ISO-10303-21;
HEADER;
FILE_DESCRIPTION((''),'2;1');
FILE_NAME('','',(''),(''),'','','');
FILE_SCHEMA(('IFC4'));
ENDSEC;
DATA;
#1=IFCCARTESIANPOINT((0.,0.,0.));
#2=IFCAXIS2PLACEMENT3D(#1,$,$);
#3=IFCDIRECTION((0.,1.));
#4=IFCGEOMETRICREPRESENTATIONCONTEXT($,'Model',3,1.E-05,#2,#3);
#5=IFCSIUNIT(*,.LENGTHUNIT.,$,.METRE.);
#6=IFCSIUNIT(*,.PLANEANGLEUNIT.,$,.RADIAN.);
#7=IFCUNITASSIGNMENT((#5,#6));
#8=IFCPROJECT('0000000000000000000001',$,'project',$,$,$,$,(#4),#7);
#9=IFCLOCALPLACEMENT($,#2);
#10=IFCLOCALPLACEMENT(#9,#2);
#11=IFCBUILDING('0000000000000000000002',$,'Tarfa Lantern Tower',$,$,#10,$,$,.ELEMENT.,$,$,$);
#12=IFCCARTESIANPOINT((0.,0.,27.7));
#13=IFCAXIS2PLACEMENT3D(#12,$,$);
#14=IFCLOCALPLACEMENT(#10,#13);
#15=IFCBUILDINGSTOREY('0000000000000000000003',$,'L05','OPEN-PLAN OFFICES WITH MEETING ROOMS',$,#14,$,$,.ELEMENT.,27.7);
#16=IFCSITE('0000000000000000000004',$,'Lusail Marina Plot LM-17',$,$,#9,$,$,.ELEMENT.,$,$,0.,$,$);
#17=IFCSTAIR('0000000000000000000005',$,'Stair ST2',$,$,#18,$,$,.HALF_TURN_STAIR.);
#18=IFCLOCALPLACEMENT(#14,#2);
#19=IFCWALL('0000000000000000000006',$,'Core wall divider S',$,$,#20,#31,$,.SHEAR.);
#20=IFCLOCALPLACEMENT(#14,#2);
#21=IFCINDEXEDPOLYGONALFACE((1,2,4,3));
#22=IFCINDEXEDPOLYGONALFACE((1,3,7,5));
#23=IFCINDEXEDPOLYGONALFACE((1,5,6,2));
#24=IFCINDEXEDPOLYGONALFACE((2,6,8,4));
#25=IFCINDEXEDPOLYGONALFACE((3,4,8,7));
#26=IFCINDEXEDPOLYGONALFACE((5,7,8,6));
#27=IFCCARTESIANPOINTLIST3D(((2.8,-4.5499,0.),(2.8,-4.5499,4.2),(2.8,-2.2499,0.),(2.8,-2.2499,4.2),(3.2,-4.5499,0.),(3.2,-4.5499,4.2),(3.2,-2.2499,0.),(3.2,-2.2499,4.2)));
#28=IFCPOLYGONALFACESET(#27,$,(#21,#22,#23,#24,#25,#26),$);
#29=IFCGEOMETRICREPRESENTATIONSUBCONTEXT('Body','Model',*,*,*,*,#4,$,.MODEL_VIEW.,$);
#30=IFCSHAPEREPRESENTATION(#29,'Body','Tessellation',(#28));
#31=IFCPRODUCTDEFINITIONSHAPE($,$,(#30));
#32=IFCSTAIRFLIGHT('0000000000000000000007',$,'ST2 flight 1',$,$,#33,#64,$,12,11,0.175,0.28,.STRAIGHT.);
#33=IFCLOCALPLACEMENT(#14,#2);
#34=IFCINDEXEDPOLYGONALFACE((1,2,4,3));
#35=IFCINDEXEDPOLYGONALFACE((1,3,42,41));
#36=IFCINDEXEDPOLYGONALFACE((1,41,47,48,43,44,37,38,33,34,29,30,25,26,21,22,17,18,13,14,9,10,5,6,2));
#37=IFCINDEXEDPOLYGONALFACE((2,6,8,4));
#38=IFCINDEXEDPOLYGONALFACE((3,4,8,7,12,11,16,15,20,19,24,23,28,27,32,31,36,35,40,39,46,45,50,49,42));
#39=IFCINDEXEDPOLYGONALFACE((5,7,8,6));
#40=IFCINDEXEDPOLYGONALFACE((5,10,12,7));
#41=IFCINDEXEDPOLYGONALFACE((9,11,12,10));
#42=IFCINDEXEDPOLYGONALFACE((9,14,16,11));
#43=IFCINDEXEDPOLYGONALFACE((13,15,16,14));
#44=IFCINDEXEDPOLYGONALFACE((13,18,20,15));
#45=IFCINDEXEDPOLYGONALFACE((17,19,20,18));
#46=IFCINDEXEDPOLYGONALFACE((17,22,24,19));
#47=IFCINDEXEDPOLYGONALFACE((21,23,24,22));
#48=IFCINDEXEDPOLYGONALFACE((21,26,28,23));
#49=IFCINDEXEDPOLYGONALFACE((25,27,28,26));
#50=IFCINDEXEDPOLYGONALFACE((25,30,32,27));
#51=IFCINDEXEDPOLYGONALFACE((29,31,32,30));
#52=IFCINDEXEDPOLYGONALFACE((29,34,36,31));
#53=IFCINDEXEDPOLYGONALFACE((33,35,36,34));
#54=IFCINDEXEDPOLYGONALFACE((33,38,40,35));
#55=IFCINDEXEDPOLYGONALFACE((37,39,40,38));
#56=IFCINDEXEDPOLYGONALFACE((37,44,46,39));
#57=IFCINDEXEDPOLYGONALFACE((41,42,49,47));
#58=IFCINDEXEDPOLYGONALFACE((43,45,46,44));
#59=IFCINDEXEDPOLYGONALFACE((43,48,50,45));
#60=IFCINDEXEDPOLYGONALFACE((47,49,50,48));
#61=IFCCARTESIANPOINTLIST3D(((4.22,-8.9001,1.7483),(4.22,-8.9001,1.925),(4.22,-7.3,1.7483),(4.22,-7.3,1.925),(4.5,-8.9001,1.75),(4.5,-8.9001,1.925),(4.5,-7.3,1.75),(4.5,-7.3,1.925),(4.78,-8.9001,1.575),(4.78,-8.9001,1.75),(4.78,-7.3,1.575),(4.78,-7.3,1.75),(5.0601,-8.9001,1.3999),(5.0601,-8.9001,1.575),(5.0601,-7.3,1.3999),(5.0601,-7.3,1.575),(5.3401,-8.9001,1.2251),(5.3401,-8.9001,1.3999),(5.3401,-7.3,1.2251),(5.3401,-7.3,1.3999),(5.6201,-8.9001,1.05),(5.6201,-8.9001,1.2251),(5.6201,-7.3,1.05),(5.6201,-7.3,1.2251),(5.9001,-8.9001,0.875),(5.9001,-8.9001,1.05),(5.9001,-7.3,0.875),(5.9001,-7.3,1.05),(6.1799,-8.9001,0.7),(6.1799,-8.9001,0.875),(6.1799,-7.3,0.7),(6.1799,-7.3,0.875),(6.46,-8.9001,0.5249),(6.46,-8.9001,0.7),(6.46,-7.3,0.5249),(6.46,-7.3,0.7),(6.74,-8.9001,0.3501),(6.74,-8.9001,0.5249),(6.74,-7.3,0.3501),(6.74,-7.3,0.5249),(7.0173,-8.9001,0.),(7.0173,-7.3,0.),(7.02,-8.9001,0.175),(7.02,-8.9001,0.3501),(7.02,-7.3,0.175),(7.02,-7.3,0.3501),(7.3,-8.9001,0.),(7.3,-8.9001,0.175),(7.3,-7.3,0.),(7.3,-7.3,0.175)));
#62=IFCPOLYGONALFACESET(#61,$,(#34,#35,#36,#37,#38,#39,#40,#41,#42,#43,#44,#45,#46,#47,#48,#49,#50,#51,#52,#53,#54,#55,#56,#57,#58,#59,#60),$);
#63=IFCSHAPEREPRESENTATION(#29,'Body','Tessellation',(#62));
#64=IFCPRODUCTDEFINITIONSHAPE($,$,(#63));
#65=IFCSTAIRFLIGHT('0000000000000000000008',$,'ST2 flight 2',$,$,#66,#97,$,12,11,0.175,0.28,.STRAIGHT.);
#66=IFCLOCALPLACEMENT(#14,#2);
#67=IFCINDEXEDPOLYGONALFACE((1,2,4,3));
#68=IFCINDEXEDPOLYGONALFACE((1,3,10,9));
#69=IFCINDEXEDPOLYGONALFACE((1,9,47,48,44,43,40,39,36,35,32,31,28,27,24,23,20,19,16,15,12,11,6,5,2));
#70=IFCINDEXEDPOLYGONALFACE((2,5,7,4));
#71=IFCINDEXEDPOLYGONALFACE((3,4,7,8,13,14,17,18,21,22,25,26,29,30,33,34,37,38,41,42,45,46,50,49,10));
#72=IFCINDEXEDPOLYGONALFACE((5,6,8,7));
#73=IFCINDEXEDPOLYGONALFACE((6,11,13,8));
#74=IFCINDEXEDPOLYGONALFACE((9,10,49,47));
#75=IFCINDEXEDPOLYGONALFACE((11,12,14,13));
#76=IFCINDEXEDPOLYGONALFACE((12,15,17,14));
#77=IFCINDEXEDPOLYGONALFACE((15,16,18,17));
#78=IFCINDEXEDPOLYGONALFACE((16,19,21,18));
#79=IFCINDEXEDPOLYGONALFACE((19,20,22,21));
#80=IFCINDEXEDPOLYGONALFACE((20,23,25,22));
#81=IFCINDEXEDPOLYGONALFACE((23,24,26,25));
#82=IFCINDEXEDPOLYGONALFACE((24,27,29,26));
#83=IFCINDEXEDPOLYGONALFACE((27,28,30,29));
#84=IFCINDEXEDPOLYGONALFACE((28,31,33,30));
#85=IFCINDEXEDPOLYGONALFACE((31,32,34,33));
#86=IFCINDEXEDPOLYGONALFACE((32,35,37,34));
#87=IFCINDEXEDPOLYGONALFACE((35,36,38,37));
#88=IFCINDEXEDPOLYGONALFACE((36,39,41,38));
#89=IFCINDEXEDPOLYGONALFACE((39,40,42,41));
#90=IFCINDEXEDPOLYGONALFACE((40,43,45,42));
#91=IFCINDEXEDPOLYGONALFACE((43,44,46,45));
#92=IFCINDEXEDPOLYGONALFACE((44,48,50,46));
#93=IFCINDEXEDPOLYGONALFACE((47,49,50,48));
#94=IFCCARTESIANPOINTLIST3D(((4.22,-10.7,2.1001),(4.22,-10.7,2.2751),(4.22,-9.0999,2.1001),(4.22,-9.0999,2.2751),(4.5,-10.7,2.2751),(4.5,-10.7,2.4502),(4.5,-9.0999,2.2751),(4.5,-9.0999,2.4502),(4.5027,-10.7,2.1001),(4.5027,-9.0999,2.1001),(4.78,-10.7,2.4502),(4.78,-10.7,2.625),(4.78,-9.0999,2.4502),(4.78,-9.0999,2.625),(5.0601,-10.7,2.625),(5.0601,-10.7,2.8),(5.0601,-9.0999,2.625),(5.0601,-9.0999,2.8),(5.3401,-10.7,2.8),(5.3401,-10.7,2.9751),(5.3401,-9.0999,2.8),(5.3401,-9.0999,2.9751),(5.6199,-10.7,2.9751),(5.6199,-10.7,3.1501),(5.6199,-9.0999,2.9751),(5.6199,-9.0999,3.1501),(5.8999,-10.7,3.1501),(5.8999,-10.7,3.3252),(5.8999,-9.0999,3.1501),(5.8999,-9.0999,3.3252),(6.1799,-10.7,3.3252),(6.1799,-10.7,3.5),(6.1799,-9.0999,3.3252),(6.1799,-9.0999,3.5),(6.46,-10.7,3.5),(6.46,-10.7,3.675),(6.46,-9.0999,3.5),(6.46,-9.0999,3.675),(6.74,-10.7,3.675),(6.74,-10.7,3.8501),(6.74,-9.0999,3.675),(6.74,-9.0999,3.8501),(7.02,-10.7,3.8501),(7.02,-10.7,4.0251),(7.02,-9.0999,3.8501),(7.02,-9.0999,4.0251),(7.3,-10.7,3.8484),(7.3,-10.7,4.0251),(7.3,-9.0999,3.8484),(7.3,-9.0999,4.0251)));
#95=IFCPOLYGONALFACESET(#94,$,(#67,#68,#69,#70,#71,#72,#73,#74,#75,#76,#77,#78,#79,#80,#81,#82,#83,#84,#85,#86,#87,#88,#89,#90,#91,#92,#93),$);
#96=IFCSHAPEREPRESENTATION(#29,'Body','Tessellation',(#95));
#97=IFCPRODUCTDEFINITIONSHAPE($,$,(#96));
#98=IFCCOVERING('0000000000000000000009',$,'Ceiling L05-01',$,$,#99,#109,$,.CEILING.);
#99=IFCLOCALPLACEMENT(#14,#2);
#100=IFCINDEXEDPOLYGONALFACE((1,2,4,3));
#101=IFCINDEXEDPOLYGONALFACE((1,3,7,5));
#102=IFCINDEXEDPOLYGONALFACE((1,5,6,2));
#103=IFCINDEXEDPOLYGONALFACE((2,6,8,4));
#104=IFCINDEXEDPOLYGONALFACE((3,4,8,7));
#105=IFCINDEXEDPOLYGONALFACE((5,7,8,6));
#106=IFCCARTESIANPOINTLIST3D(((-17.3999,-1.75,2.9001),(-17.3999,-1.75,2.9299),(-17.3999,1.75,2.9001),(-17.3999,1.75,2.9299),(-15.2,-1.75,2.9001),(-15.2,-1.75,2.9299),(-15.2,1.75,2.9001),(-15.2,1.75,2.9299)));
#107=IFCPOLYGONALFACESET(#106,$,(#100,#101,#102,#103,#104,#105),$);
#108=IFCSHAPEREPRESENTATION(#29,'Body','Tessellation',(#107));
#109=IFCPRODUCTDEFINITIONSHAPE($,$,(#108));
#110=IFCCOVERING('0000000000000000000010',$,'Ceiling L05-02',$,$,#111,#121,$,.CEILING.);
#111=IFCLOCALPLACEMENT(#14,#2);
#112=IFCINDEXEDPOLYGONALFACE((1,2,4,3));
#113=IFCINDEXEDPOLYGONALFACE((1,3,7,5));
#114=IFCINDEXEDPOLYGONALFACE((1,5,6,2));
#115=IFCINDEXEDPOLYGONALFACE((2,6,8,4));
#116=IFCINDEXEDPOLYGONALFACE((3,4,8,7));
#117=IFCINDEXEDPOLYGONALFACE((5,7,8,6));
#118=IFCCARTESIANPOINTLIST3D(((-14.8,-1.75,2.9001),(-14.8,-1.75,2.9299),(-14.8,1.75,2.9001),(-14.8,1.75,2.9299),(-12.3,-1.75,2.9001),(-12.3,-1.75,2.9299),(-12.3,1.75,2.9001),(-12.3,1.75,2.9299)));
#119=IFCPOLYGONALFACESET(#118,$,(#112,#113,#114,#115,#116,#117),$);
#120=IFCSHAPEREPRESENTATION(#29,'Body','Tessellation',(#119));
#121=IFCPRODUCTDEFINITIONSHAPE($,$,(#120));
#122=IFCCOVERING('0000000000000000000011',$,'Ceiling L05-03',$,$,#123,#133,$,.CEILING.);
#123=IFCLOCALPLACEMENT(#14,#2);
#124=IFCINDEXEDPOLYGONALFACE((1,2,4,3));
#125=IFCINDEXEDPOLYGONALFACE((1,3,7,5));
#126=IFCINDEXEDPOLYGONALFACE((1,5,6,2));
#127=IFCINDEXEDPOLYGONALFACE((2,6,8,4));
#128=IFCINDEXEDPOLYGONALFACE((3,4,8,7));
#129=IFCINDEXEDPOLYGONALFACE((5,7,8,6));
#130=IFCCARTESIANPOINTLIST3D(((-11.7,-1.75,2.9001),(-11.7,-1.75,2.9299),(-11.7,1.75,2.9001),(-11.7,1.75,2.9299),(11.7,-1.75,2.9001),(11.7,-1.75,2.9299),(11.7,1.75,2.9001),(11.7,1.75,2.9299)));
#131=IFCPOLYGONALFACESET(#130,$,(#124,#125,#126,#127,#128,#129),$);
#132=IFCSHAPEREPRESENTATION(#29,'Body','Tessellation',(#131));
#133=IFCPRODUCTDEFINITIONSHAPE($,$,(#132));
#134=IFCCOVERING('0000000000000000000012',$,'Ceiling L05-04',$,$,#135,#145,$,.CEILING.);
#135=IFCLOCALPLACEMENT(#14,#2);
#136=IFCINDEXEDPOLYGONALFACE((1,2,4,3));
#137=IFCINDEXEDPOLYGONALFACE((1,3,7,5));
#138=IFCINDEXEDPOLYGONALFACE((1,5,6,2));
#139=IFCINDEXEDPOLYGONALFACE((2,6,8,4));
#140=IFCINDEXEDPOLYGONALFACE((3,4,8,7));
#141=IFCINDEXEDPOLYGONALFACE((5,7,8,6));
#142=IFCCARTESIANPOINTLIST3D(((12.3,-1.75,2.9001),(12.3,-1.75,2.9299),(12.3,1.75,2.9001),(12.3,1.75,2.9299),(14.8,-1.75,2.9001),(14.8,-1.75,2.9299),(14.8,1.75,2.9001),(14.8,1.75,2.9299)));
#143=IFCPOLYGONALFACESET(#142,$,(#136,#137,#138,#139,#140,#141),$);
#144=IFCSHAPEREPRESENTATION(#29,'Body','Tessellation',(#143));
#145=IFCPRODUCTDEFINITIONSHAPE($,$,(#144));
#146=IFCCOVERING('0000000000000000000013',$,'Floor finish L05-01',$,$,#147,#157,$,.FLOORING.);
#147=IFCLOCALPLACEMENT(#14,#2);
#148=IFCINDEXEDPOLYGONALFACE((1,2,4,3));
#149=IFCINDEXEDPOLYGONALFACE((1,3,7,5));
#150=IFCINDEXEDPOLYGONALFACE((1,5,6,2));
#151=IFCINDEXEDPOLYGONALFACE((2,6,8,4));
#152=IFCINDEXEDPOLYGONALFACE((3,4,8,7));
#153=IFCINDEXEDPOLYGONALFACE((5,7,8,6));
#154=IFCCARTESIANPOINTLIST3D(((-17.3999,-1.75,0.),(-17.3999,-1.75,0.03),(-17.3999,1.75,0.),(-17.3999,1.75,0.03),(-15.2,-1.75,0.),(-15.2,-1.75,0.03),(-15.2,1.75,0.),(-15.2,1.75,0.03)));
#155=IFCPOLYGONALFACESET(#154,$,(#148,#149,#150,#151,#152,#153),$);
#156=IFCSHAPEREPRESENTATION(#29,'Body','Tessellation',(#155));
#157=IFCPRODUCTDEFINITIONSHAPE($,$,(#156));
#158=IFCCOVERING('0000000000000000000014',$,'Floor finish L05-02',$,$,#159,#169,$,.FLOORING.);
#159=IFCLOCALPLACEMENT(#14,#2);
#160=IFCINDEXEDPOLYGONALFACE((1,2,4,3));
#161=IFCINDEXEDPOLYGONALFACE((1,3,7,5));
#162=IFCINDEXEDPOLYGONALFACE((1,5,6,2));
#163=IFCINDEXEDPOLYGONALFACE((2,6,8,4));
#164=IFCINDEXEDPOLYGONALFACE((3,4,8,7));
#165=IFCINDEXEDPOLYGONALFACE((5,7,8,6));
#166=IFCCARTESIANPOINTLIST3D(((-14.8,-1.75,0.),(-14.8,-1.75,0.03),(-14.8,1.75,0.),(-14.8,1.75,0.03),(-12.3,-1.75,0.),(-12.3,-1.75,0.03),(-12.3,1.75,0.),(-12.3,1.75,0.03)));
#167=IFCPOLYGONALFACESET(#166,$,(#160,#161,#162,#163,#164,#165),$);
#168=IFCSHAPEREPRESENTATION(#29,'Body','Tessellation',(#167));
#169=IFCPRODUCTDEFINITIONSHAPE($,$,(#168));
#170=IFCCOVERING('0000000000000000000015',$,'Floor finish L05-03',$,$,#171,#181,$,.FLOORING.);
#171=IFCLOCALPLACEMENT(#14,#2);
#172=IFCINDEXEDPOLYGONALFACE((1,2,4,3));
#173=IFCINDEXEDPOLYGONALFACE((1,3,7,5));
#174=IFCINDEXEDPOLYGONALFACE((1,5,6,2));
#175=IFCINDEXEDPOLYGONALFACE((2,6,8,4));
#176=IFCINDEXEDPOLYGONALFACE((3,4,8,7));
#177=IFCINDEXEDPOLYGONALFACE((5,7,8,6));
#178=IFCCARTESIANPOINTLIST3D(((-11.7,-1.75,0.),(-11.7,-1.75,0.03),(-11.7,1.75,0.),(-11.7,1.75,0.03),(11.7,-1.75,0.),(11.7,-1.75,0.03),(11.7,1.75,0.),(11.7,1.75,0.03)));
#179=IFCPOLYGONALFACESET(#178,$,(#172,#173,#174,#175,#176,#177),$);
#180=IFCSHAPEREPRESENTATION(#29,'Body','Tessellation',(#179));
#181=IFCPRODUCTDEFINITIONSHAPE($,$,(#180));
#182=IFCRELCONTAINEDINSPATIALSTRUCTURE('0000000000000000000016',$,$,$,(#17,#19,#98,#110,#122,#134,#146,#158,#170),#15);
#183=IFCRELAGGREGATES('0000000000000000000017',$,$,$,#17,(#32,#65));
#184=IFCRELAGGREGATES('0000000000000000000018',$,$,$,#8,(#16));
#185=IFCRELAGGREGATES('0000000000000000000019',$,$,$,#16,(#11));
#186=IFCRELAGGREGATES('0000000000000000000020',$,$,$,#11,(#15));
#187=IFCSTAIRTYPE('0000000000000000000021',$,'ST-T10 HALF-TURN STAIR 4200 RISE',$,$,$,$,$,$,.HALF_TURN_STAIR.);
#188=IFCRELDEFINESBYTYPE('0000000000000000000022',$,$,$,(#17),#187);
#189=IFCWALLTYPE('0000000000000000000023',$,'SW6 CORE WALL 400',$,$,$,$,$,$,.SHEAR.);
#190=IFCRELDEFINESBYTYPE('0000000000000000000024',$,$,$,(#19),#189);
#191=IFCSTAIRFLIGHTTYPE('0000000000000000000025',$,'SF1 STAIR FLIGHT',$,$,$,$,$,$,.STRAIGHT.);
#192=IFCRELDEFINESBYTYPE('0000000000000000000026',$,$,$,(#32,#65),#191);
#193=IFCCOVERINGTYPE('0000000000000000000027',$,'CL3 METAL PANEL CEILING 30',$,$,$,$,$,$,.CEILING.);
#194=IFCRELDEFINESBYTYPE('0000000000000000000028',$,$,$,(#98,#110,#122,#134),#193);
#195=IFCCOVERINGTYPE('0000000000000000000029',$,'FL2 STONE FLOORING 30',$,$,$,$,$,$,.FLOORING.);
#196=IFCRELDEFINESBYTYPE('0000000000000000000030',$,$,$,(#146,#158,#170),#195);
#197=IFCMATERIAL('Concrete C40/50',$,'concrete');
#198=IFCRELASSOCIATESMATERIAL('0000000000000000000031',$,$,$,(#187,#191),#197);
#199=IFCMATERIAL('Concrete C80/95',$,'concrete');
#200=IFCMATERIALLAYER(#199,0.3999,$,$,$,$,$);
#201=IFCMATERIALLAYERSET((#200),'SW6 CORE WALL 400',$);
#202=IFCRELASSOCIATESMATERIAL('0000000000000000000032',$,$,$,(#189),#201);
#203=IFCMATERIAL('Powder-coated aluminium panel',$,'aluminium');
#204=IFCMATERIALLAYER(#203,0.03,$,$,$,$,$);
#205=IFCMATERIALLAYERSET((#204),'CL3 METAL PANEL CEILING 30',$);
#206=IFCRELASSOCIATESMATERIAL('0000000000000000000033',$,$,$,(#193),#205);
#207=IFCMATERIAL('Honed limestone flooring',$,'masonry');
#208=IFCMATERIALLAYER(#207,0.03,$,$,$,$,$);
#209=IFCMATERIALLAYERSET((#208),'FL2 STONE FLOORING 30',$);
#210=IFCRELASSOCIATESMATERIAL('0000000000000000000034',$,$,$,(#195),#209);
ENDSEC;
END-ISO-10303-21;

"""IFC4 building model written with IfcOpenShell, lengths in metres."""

from ifc_helpers import new_model, si_unit, direction, frame, frame_2d, origin, place, context, subcontext, project, spatial, polyline, rectangle, outline, extrude, material, layer, layer_set, type_object, element, aggregate, save


model = new_model("IFC4")

# Units and contexts
model_context = context("Model", 3, precision=1e-05, world=origin(), true_north=direction((0.0, 1.0)))
body_context = subcontext(model_context, "Body", "Model", "MODEL_VIEW")
ifc_project = project(units=[si_unit("LENGTHUNIT", "METRE"), si_unit("PLANEANGLEUNIT", "RADIAN")], contexts=[model_context])

# Site, building, storey
site_placement = place(None, origin())
site = spatial("IfcSite", under=ifc_project, at=site_placement, Name="Lusail Marina Plot LM-17", CompositionType="ELEMENT", RefElevation=0.0)
building_placement = place(site_placement, origin())
building = spatial("IfcBuilding", under=site, at=building_placement, Name="Tarfa Lantern Tower", CompositionType="ELEMENT")
storey_placement = place(building_placement, frame((0.0, 0.0, 27.7)))
storey = spatial("IfcBuildingStorey", under=building, at=storey_placement, Name="L05", Description="OPEN-PLAN OFFICES WITH MEETING ROOMS", CompositionType="ELEMENT", Elevation=27.7)

# Stair
ifc_material_1 = material(Name="Concrete C40/50", Category="concrete")
stair_type = type_object("IfcStairType", Name="ST-T10 HALF-TURN STAIR 4200 RISE", PredefinedType="HALF_TURN_STAIR", material=ifc_material_1)
stair_1_placement = place(storey_placement, origin())
stair_1 = element("IfcStair", 1, at=stair_1_placement, inside=storey, type_object=stair_type, Name="Stair ST2", PredefinedType="HALF_TURN_STAIR")

# Shared definitions
ifc_material_2 = material(Name="Concrete C80/95", Category="concrete")

# Wall
ifc_layer_1 = layer(ifc_material_2, 0.3999)
ifc_layer_set_1 = layer_set([ifc_layer_1], Name="SW6 CORE WALL 400")
wall_type_1 = type_object("IfcWallType", Name="SW6 CORE WALL 400", PredefinedType="SHEAR", material=ifc_layer_set_1)
for number, where, z_axis, x_axis, name in (
    (2, (3.0, -2.25, 0.0), (0.0, 0.0, 1.0), (0.0, -1.0, 0.0), "Core wall divider S"),
):
    element("IfcWall", number, at=place(storey_placement, frame(where, z_axis=z_axis, x_axis=x_axis)), inside=storey, type_object=wall_type_1, Name=name, PredefinedType="SHEAR", context=body_context, shape_type="SweptSolid", body=[
        extrude(rectangle(XDim=2.3, YDim=0.3999, at=frame_2d((1.1499, 0.0))), origin(), (0.0, 0.0, 1.0), 4.2),
    ])

# Stair flights
stair_flight_type = type_object("IfcStairFlightType", Name="SF1 STAIR FLIGHT", PredefinedType="STRAIGHT", material=ifc_material_1)
stair_flight_1_placement = place(storey_placement, frame((7.3, -8.1001, 0.0), z_axis=(0.0, 0.0, 1.0), x_axis=(-1.0, 0.0, 0.0)))
stair_flight_1 = element("IfcStairFlight", 3, at=stair_flight_1_placement, type_object=stair_flight_type, Name="ST2 flight 1", NumberOfRisers=12, NumberOfTreads=11, PredefinedType="STRAIGHT", RiserHeight=0.175, TreadLength=0.28, context=body_context, shape_type="SweptSolid", body=[
    extrude(outline(polyline([(0.0, 0.0), (0.0, 0.175), (0.28, 0.175), (0.28, 0.3501), (0.5601, 0.3501), (0.5601, 0.5249), (0.8401, 0.5249), (0.8401, 0.7), (1.1201, 0.7), (1.1201, 0.875), (1.3999, 0.875), (1.3999, 1.05), (1.6799, 1.05), (1.6799, 1.2251), (1.96, 1.2251), (1.96, 1.3999), (2.24, 1.3999), (2.24, 1.575), (2.52, 1.575), (2.52, 1.75), (2.8, 1.75), (2.8, 1.925), (3.0801, 1.925), (3.0801, 2.1001), (3.0801, 1.7483), (0.2827, 0.0), (0.0, 0.0)])), frame((0.0, 0.8, 0.0), z_axis=(0.0, -1.0, 0.0), x_axis=(1.0, 0.0, 0.0)), (0.0, 0.0, 1.0), 1.6001),
])
stair_flight_2_placement = place(storey_placement, frame((4.22, -9.8999, 2.1001), z_axis=(0.0, 0.0, 1.0), x_axis=(1.0, 0.0, 0.0)))
stair_flight_2 = element("IfcStairFlight", 4, at=stair_flight_2_placement, type_object=stair_flight_type, Name="ST2 flight 2", NumberOfRisers=12, NumberOfTreads=11, PredefinedType="STRAIGHT", RiserHeight=0.175, TreadLength=0.28, context=body_context, shape_type="SweptSolid", body=[
    extrude(outline(polyline([(0.0, 0.0), (0.0, 0.175), (0.28, 0.175), (0.28, 0.3501), (0.5601, 0.3501), (0.5601, 0.5249), (0.8401, 0.5249), (0.8401, 0.7), (1.1201, 0.7), (1.1201, 0.875), (1.3999, 0.875), (1.3999, 1.05), (1.6799, 1.05), (1.6799, 1.2251), (1.96, 1.2251), (1.96, 1.3999), (2.24, 1.3999), (2.24, 1.575), (2.52, 1.575), (2.52, 1.75), (2.8, 1.75), (2.8, 1.925), (3.0801, 1.925), (3.0801, 2.1001), (3.0801, 1.7483), (0.2827, 0.0), (0.0, 0.0)])), frame((0.0, 0.8, 0.0), z_axis=(0.0, -1.0, 0.0), x_axis=(1.0, 0.0, 0.0)), (0.0, 0.0, 1.0), 1.6001),
])
aggregate(stair_1, [stair_flight_1, stair_flight_2])

# Coverings
ifc_material_3 = material(Name="Powder-coated aluminium panel", Category="aluminium")
ifc_layer_2 = layer(ifc_material_3, 0.03)
ifc_layer_set_2 = layer_set([ifc_layer_2], Name="CL3 METAL PANEL CEILING 30")
covering_type_1 = type_object("IfcCoveringType", Name="CL3 METAL PANEL CEILING 30", PredefinedType="CEILING", material=ifc_layer_set_2)
covering_1_placement = place(storey_placement, frame((0.0, 0.0, 2.9001)))
element("IfcCovering", 5, at=covering_1_placement, inside=storey, type_object=covering_type_1, Name="Ceiling L05-01", PredefinedType="CEILING", context=body_context, shape_type="SweptSolid", body=[
    extrude(outline(polyline([(-17.3999, -1.75), (-15.2, -1.75), (-15.2, 1.75), (-17.3999, 1.75), (-17.3999, -1.75)])), origin(), (0.0, 0.0, 1.0), 0.0298),
])
covering_2_placement = place(storey_placement, frame((0.0, 0.0, 2.9001)))
element("IfcCovering", 6, at=covering_2_placement, inside=storey, type_object=covering_type_1, Name="Ceiling L05-02", PredefinedType="CEILING", context=body_context, shape_type="SweptSolid", body=[
    extrude(outline(polyline([(-14.8, -1.75), (-12.3, -1.75), (-12.3, 1.75), (-14.8, 1.75), (-14.8, -1.75)])), origin(), (0.0, 0.0, 1.0), 0.0298),
])
covering_3_placement = place(storey_placement, frame((0.0, 0.0, 2.9001)))
element("IfcCovering", 7, at=covering_3_placement, inside=storey, type_object=covering_type_1, Name="Ceiling L05-03", PredefinedType="CEILING", context=body_context, shape_type="SweptSolid", body=[
    extrude(outline(polyline([(-11.7, -1.75), (11.7, -1.75), (11.7, 1.75), (-11.7, 1.75), (-11.7, -1.75)])), origin(), (0.0, 0.0, 1.0), 0.0298),
])
covering_4_placement = place(storey_placement, frame((0.0, 0.0, 2.9001)))
element("IfcCovering", 8, at=covering_4_placement, inside=storey, type_object=covering_type_1, Name="Ceiling L05-04", PredefinedType="CEILING", context=body_context, shape_type="SweptSolid", body=[
    extrude(outline(polyline([(12.3, -1.75), (14.8, -1.75), (14.8, 1.75), (12.3, 1.75), (12.3, -1.75)])), origin(), (0.0, 0.0, 1.0), 0.0298),
])
ifc_material_4 = material(Name="Honed limestone flooring", Category="masonry")
ifc_layer_3 = layer(ifc_material_4, 0.03)
ifc_layer_set_3 = layer_set([ifc_layer_3], Name="FL2 STONE FLOORING 30")
covering_type_2 = type_object("IfcCoveringType", Name="FL2 STONE FLOORING 30", PredefinedType="FLOORING", material=ifc_layer_set_3)
covering_5_placement = place(storey_placement, origin())
element("IfcCovering", 9, at=covering_5_placement, inside=storey, type_object=covering_type_2, Name="Floor finish L05-01", PredefinedType="FLOORING", context=body_context, shape_type="SweptSolid", body=[
    extrude(outline(polyline([(-17.3999, -1.75), (-15.2, -1.75), (-15.2, 1.75), (-17.3999, 1.75), (-17.3999, -1.75)])), origin(), (0.0, 0.0, 1.0), 0.03),
])
covering_6_placement = place(storey_placement, origin())
element("IfcCovering", 10, at=covering_6_placement, inside=storey, type_object=covering_type_2, Name="Floor finish L05-02", PredefinedType="FLOORING", context=body_context, shape_type="SweptSolid", body=[
    extrude(outline(polyline([(-14.8, -1.75), (-12.3, -1.75), (-12.3, 1.75), (-14.8, 1.75), (-14.8, -1.75)])), origin(), (0.0, 0.0, 1.0), 0.03),
])
covering_7_placement = place(storey_placement, origin())
element("IfcCovering", 11, at=covering_7_placement, inside=storey, type_object=covering_type_2, Name="Floor finish L05-03", PredefinedType="FLOORING", context=body_context, shape_type="SweptSolid", body=[
    extrude(outline(polyline([(-11.7, -1.75), (11.7, -1.75), (11.7, 1.75), (-11.7, 1.75), (-11.7, -1.75)])), origin(), (0.0, 0.0, 1.0), 0.03),
])

save(model, "model.ifc")
